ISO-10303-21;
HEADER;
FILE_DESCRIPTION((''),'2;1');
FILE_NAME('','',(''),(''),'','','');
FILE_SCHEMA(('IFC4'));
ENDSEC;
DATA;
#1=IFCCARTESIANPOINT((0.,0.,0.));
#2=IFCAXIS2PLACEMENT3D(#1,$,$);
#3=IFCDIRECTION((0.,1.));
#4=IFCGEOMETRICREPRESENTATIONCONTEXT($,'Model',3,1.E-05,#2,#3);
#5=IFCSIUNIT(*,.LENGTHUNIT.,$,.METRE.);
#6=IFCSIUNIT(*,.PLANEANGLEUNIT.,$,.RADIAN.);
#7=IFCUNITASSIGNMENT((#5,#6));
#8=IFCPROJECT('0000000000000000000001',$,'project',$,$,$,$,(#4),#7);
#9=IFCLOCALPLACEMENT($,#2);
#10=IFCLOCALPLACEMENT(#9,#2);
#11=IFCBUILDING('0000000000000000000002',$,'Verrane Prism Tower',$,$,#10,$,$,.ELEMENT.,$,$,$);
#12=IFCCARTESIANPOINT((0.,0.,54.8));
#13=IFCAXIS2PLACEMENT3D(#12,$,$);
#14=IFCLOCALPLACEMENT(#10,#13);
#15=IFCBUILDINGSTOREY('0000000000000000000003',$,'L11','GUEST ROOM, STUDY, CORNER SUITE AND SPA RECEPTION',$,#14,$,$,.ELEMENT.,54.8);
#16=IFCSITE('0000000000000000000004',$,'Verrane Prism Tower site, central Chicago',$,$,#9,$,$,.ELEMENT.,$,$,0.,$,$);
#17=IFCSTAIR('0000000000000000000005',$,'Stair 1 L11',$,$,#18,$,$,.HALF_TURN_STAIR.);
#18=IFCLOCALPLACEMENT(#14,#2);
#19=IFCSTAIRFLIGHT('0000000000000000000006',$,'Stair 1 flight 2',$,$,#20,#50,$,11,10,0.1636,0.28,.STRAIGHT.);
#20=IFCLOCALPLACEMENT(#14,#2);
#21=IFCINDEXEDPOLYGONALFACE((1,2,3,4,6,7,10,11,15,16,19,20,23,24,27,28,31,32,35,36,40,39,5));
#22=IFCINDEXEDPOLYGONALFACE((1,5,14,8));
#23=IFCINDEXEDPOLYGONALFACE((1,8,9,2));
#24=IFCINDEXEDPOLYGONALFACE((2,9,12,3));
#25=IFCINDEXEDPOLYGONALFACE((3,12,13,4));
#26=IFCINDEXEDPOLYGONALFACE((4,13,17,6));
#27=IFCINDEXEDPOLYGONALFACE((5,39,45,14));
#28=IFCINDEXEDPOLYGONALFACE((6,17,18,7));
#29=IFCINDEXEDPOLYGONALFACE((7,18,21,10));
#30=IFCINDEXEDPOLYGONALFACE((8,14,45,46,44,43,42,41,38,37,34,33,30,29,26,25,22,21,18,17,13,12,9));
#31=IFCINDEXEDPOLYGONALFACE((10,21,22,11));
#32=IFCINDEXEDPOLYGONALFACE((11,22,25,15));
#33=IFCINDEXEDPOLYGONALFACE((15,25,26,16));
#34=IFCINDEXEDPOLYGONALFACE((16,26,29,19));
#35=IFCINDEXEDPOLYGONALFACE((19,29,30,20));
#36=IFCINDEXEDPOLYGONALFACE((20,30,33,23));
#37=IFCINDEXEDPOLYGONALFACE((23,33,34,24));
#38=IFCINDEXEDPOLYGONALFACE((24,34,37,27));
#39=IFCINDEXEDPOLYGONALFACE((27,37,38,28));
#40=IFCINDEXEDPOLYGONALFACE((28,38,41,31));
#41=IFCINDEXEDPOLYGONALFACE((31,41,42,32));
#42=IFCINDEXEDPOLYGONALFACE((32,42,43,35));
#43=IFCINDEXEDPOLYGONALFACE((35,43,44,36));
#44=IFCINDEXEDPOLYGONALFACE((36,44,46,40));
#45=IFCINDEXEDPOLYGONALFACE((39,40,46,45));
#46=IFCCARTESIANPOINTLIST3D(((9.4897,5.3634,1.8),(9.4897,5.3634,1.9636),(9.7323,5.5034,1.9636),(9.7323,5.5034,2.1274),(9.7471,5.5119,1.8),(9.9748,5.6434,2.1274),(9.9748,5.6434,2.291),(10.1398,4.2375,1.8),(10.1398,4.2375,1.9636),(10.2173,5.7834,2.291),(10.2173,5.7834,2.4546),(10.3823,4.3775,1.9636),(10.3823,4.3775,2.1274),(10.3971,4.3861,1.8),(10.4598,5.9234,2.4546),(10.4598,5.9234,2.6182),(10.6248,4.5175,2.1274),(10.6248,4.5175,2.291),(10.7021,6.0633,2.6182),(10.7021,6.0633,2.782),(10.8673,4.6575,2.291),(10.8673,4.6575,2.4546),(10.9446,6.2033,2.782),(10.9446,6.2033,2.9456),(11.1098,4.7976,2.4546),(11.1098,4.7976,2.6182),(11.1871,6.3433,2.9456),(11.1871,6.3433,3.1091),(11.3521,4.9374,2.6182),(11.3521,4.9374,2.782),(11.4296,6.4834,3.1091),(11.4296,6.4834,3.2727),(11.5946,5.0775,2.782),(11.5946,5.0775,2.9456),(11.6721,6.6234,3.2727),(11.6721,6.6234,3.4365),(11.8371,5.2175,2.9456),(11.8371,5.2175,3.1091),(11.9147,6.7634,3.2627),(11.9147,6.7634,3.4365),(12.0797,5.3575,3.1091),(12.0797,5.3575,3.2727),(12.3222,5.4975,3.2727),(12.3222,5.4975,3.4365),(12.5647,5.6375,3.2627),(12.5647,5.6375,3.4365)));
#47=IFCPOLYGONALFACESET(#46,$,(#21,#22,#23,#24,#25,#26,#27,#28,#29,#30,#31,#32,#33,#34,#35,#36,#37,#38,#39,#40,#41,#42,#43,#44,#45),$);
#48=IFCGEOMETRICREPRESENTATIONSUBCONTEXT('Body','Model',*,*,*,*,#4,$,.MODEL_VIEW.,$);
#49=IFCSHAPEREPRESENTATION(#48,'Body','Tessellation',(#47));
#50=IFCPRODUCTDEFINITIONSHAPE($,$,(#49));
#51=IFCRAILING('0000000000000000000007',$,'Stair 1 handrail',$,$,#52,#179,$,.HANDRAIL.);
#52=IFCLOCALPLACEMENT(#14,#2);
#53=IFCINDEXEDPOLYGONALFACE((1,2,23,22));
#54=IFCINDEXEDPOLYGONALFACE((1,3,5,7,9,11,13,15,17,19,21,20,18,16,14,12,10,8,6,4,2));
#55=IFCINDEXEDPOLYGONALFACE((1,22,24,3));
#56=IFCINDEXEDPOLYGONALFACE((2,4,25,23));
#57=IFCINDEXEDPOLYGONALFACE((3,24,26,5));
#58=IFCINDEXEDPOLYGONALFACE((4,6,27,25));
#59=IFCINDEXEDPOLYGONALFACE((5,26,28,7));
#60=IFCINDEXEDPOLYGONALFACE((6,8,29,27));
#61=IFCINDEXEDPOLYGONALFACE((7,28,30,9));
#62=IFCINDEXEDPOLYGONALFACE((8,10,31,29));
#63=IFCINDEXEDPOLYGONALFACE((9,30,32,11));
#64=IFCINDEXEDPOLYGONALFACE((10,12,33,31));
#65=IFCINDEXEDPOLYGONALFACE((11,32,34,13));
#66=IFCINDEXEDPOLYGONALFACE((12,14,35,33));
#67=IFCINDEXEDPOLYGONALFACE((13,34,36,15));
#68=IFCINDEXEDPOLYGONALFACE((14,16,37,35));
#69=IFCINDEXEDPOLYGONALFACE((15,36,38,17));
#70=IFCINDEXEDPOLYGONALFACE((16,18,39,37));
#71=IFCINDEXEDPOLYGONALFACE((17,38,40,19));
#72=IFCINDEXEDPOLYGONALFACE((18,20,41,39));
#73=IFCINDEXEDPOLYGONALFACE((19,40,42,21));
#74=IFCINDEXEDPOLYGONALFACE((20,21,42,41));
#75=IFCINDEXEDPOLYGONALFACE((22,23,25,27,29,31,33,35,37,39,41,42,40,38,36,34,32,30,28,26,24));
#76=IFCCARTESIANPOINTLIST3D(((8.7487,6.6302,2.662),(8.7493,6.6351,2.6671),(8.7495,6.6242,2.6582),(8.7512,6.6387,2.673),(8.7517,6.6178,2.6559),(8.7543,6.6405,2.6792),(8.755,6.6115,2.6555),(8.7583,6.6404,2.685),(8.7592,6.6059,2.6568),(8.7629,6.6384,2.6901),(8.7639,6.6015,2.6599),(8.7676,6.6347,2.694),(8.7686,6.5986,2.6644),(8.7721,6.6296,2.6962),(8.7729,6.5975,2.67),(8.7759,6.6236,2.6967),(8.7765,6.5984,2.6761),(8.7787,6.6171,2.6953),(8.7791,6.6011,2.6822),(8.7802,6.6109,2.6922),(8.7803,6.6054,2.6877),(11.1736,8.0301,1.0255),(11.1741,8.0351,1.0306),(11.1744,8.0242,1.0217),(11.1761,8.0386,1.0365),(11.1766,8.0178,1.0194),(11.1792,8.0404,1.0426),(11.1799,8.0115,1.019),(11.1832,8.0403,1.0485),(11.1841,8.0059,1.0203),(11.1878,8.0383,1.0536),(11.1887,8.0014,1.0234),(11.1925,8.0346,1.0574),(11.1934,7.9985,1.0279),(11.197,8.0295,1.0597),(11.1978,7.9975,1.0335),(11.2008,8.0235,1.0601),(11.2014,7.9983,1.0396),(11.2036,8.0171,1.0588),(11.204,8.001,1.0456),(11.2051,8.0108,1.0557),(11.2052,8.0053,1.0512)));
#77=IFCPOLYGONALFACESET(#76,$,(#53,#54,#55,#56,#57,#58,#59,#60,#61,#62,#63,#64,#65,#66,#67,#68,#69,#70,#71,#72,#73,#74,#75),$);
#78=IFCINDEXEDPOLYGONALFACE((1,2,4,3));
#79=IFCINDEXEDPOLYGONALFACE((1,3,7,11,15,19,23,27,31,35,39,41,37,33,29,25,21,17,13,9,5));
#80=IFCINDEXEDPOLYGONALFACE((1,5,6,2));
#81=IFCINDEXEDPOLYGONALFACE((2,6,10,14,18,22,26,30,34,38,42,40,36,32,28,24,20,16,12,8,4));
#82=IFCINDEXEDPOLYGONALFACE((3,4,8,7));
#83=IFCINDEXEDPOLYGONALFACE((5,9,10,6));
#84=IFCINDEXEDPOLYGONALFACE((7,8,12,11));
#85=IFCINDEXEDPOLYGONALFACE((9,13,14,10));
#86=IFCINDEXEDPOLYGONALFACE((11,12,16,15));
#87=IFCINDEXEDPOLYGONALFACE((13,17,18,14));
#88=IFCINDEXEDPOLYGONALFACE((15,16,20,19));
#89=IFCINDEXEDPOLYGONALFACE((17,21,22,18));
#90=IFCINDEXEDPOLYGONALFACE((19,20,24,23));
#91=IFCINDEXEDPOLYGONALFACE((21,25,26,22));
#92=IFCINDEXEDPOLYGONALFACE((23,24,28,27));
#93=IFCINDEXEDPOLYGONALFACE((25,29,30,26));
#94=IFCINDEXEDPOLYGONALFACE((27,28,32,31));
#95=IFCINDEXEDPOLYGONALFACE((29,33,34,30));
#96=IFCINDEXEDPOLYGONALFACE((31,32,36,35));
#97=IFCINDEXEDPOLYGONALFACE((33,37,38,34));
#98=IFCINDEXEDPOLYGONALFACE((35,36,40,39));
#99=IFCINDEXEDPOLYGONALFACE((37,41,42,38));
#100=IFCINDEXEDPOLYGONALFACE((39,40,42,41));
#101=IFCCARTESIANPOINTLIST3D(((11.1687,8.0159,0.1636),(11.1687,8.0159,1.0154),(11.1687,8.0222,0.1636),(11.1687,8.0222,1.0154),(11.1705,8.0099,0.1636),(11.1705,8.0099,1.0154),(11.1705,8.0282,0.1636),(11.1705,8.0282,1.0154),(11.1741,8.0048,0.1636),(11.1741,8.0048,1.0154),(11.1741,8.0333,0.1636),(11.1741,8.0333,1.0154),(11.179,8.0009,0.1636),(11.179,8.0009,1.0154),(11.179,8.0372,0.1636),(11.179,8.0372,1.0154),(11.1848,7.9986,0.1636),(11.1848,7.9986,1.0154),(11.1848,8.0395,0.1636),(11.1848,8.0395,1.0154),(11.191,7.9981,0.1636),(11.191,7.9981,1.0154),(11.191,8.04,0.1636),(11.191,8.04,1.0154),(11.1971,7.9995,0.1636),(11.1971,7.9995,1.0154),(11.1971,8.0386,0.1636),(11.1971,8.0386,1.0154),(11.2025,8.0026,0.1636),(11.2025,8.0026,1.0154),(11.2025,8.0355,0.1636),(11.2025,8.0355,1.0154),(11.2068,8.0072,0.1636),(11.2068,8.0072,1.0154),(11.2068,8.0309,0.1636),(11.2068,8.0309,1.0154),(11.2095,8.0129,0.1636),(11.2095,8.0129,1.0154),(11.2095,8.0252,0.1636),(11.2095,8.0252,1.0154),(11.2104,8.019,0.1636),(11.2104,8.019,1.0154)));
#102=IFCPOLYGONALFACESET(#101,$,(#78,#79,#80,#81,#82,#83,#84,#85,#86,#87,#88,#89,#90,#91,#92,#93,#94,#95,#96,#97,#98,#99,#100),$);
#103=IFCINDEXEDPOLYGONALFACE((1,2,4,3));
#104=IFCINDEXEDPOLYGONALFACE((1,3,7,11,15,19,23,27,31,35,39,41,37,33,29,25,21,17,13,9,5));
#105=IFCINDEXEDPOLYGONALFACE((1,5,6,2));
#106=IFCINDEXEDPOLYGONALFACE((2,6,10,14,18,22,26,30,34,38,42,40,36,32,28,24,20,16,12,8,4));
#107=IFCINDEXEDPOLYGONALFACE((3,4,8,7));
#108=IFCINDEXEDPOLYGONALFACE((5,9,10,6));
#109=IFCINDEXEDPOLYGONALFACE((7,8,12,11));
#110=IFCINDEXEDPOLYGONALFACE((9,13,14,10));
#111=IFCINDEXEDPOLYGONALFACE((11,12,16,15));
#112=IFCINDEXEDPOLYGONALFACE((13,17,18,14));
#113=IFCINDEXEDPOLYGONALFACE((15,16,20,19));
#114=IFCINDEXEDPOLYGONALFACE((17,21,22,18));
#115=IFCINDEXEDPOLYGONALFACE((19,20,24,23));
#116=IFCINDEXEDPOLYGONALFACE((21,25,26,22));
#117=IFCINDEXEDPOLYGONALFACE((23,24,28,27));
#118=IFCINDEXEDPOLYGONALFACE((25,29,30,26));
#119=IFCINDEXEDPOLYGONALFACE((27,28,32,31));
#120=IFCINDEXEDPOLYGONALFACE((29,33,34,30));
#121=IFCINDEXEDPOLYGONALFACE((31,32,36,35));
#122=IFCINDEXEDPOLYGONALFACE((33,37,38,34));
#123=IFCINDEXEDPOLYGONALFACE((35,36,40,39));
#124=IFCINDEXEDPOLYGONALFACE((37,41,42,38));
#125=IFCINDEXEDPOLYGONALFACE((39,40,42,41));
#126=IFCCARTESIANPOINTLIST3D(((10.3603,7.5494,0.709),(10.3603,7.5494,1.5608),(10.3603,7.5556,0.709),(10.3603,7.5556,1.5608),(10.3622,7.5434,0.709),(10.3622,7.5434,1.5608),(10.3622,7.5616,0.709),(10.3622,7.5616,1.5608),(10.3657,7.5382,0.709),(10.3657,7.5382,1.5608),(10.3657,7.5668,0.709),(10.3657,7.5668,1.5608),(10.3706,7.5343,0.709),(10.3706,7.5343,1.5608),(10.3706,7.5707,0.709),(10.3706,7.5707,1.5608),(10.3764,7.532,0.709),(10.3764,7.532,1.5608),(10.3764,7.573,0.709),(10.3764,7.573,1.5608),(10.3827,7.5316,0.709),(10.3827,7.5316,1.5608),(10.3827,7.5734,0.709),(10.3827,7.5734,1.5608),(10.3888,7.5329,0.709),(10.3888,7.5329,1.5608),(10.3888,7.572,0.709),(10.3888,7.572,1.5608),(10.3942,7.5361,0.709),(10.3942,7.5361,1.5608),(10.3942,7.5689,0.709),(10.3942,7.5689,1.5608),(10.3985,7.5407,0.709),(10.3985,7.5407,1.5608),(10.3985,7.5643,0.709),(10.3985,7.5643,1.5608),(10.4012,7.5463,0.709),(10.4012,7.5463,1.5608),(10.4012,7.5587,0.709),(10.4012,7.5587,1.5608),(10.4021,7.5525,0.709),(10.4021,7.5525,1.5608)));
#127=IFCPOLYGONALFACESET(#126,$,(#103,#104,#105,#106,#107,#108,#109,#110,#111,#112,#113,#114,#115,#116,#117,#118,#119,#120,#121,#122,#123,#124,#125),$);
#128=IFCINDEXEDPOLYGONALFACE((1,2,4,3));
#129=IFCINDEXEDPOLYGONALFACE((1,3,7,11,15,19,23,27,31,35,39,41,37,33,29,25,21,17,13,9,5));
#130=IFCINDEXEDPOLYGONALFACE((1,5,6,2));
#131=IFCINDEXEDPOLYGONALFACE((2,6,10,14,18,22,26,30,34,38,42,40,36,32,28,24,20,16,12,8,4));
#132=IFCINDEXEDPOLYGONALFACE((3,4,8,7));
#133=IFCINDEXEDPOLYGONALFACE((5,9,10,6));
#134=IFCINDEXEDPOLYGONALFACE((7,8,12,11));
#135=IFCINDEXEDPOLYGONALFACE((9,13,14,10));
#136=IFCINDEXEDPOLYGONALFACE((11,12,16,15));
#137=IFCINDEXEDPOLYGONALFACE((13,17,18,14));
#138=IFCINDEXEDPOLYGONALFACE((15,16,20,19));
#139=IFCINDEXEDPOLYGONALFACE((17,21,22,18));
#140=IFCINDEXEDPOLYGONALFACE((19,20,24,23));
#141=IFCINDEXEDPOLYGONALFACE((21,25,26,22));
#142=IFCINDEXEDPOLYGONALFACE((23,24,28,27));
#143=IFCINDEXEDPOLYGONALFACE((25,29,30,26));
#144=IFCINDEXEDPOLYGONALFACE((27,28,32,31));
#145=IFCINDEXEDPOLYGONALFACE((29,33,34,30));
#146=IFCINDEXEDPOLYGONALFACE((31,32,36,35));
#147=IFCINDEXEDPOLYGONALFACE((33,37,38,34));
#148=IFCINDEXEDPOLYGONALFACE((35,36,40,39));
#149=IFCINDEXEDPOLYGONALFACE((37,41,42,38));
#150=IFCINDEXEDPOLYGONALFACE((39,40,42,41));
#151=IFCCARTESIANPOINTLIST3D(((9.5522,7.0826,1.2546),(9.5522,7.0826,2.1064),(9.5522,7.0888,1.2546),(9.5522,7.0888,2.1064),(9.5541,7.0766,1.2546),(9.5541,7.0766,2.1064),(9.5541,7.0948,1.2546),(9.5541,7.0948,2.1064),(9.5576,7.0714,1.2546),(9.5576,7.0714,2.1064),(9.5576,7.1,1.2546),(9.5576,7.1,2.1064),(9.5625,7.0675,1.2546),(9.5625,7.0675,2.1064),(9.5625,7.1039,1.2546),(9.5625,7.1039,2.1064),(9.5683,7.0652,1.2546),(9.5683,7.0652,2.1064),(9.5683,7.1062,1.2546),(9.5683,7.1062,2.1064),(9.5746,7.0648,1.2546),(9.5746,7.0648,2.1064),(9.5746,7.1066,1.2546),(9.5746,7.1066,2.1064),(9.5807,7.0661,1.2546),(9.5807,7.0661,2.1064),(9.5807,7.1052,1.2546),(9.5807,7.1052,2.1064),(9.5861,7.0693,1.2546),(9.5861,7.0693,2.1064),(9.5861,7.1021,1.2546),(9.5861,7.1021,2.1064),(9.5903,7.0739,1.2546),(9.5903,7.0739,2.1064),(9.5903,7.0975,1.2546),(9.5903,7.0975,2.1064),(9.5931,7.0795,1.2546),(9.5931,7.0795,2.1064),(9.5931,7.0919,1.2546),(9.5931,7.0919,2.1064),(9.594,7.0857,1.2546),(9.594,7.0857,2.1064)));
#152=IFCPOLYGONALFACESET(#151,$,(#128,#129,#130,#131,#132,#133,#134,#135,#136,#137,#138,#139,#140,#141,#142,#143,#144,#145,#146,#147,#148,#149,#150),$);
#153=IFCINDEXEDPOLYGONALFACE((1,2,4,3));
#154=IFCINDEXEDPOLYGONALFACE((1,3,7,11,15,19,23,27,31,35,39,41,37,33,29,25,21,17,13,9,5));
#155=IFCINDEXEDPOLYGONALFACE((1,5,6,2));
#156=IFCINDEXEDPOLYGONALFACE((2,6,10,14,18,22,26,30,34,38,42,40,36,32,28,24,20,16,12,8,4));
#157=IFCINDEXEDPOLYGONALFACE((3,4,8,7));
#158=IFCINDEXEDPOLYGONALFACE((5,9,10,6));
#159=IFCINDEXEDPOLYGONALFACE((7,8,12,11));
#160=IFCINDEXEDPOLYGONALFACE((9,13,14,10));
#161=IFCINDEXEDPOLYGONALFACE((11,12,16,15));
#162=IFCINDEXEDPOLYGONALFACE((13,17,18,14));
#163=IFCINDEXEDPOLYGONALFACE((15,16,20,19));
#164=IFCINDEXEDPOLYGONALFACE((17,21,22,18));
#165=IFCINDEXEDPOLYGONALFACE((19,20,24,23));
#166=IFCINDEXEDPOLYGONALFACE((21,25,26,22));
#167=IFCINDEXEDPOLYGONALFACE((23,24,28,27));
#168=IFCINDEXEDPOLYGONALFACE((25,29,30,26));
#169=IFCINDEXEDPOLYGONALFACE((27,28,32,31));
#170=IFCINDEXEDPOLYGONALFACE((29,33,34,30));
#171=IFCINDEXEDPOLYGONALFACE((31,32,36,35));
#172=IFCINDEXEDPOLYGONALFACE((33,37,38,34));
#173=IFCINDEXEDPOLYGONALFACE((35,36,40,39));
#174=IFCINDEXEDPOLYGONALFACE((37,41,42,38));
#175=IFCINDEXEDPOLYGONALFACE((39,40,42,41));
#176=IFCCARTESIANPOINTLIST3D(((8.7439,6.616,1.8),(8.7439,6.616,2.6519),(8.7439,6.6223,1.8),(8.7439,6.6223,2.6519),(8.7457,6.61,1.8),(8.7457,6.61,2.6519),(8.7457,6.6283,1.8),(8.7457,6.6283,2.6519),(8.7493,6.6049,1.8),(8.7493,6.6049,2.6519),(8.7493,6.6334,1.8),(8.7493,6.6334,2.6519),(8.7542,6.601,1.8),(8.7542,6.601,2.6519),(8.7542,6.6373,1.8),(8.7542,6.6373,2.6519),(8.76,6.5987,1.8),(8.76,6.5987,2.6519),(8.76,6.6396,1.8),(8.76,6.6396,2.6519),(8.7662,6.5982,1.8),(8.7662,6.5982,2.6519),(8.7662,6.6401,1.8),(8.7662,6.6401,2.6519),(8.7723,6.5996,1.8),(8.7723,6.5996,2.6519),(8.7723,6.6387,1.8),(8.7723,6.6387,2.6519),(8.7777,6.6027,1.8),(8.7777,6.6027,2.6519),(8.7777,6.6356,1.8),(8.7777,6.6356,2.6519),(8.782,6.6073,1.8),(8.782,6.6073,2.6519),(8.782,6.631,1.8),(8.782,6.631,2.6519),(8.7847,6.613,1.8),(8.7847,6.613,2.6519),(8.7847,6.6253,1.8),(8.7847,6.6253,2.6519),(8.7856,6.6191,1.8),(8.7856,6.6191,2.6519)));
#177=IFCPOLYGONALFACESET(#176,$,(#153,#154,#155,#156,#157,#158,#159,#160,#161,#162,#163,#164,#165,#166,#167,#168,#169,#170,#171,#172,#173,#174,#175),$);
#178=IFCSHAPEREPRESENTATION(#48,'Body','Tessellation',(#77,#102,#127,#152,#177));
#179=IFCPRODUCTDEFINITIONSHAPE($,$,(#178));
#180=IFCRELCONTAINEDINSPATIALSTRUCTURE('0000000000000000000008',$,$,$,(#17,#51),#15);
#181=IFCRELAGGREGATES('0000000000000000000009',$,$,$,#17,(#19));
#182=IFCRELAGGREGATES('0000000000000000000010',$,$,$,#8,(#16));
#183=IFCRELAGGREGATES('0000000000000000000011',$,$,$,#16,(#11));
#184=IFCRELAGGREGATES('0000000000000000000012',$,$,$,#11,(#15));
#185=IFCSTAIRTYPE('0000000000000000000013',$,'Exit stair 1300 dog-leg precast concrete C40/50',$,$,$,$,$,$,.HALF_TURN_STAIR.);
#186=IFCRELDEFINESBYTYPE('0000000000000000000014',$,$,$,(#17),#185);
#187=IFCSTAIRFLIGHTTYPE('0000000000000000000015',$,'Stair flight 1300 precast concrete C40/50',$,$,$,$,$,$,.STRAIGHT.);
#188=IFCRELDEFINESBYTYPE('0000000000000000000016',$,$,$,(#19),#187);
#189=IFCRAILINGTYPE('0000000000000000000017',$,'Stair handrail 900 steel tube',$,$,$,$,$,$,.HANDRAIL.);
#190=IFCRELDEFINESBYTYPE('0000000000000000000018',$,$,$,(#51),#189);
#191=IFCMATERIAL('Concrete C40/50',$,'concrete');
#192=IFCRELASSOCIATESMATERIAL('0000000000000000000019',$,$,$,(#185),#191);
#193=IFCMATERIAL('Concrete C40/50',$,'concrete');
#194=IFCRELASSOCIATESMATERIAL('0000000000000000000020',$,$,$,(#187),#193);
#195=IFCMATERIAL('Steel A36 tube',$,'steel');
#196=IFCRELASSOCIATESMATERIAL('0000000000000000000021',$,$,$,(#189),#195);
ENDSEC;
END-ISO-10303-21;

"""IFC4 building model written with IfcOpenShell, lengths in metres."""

from ifc_helpers import new_model, si_unit, direction, frame, origin, origin_2d, place, context, subcontext, project, spatial, polyline, circle, outline, extrude, material, type_object, element, aggregate, save


model = new_model("IFC4")

# Units and contexts
model_context = context("Model", 3, precision=1e-05, world=origin(), true_north=direction((0.0, 1.0)))
body_context = subcontext(model_context, "Body", "Model", "MODEL_VIEW")
ifc_project = project(units=[si_unit("LENGTHUNIT", "METRE"), si_unit("PLANEANGLEUNIT", "RADIAN")], contexts=[model_context])

# Site, building, storey
site_placement = place(None, origin())
site = spatial("IfcSite", under=ifc_project, at=site_placement, Name="Verrane Prism Tower site, central Chicago", CompositionType="ELEMENT", RefElevation=0.0)
building_placement = place(site_placement, origin())
building = spatial("IfcBuilding", under=site, at=building_placement, Name="Verrane Prism Tower", CompositionType="ELEMENT")
storey_placement = place(building_placement, frame((0.0, 0.0, 54.8)))
storey = spatial("IfcBuildingStorey", under=building, at=storey_placement, Name="L11", Description="GUEST ROOM, STUDY, CORNER SUITE AND SPA RECEPTION", CompositionType="ELEMENT", Elevation=54.8)

# Stair, stair flight
ifc_material_1 = material(Name="Concrete C40/50", Category="concrete")
stair_type = type_object("IfcStairType", Name="Exit stair 1300 dog-leg precast concrete C40/50", PredefinedType="HALF_TURN_STAIR", material=ifc_material_1)
stair_placement = place(storey_placement, origin())
stair = element("IfcStair", 1, at=stair_placement, inside=storey, type_object=stair_type, Name="Stair 1 L11", PredefinedType="HALF_TURN_STAIR")
ifc_material_2 = material(Name="Concrete C40/50", Category="concrete")
stair_flight_type = type_object("IfcStairFlightType", Name="Stair flight 1300 precast concrete C40/50", PredefinedType="STRAIGHT", material=ifc_material_2)
stair_flight_1_placement = place(storey_placement, frame((9.8147, 4.8005, 1.8), z_axis=(0.0, 0.0, 1.0), x_axis=(0.866025, 0.5, 0.0)))
stair_flight_1 = element("IfcStairFlight", 2, at=stair_flight_1_placement, type_object=stair_flight_type, Name="Stair 1 flight 2", NumberOfRisers=11, NumberOfTreads=10, PredefinedType="STRAIGHT", RiserHeight=0.1636, TreadLength=0.28, context=body_context, shape_type="SweptSolid", body=[
    extrude(outline(polyline([(0.0, 0.0), (0.0, 0.1636), (0.28, 0.1636), (0.28, 0.3274), (0.5601, 0.3274), (0.5601, 0.491), (0.8401, 0.491), (0.8401, 0.6545), (1.1201, 0.6545), (1.1201, 0.8181), (1.3999, 0.8181), (1.3999, 0.9819), (1.6799, 0.9819), (1.6799, 1.1455), (1.96, 1.1455), (1.96, 1.3091), (2.24, 1.3091), (2.24, 1.4727), (2.52, 1.4727), (2.52, 1.6365), (2.8, 1.6365), (2.8, 1.8), (2.8, 1.4626), (0.2971, 0.0), (0.0, 0.0)])), frame((0.0, 0.6499, 0.0), z_axis=(0.0, -1.0, 0.0), x_axis=(1.0, 0.0, 0.0)), (0.0, 0.0, 1.0), 1.3),
])
aggregate(stair, [stair_flight_1])

# Railing
ifc_material_3 = material(Name="Steel A36 tube", Category="steel")
railing_type_1 = type_object("IfcRailingType", Name="Stair handrail 900 steel tube", PredefinedType="HANDRAIL", material=ifc_material_3)
railing_1_placement = place(storey_placement, frame((11.1895, 8.019, 0.1636)))
element("IfcRailing", 3, at=railing_1_placement, inside=storey, type_object=railing_type_1, Name="Stair 1 handrail", PredefinedType="HANDRAIL", context=body_context, shape_type="SweptSolid", body=[
    extrude(circle(Radius=0.0239, at=origin_2d()), frame((0.0, 0.0, 0.876), z_axis=(-0.74769, -0.431661, 0.504608), x_axis=(0.499984, -0.866035, 0.0)), (0.0, 0.0, 1.0), 3.2432),
    extrude(circle(Radius=0.021, at=origin_2d()), origin(), (0.0, 0.0, 1.0), 0.8518),
    extrude(circle(Radius=0.021, at=origin_2d()), frame((-0.8083, -0.4666, 0.5454)), (0.0, 0.0, 1.0), 0.8518),
    extrude(circle(Radius=0.021, at=origin_2d()), frame((-1.6165, -0.9333, 1.0911)), (0.0, 0.0, 1.0), 0.8518),
    extrude(circle(Radius=0.021, at=origin_2d()), frame((-2.4248, -1.3999, 1.6365)), (0.0, 0.0, 1.0), 0.8518),
])

save(model, "model.ifc")
